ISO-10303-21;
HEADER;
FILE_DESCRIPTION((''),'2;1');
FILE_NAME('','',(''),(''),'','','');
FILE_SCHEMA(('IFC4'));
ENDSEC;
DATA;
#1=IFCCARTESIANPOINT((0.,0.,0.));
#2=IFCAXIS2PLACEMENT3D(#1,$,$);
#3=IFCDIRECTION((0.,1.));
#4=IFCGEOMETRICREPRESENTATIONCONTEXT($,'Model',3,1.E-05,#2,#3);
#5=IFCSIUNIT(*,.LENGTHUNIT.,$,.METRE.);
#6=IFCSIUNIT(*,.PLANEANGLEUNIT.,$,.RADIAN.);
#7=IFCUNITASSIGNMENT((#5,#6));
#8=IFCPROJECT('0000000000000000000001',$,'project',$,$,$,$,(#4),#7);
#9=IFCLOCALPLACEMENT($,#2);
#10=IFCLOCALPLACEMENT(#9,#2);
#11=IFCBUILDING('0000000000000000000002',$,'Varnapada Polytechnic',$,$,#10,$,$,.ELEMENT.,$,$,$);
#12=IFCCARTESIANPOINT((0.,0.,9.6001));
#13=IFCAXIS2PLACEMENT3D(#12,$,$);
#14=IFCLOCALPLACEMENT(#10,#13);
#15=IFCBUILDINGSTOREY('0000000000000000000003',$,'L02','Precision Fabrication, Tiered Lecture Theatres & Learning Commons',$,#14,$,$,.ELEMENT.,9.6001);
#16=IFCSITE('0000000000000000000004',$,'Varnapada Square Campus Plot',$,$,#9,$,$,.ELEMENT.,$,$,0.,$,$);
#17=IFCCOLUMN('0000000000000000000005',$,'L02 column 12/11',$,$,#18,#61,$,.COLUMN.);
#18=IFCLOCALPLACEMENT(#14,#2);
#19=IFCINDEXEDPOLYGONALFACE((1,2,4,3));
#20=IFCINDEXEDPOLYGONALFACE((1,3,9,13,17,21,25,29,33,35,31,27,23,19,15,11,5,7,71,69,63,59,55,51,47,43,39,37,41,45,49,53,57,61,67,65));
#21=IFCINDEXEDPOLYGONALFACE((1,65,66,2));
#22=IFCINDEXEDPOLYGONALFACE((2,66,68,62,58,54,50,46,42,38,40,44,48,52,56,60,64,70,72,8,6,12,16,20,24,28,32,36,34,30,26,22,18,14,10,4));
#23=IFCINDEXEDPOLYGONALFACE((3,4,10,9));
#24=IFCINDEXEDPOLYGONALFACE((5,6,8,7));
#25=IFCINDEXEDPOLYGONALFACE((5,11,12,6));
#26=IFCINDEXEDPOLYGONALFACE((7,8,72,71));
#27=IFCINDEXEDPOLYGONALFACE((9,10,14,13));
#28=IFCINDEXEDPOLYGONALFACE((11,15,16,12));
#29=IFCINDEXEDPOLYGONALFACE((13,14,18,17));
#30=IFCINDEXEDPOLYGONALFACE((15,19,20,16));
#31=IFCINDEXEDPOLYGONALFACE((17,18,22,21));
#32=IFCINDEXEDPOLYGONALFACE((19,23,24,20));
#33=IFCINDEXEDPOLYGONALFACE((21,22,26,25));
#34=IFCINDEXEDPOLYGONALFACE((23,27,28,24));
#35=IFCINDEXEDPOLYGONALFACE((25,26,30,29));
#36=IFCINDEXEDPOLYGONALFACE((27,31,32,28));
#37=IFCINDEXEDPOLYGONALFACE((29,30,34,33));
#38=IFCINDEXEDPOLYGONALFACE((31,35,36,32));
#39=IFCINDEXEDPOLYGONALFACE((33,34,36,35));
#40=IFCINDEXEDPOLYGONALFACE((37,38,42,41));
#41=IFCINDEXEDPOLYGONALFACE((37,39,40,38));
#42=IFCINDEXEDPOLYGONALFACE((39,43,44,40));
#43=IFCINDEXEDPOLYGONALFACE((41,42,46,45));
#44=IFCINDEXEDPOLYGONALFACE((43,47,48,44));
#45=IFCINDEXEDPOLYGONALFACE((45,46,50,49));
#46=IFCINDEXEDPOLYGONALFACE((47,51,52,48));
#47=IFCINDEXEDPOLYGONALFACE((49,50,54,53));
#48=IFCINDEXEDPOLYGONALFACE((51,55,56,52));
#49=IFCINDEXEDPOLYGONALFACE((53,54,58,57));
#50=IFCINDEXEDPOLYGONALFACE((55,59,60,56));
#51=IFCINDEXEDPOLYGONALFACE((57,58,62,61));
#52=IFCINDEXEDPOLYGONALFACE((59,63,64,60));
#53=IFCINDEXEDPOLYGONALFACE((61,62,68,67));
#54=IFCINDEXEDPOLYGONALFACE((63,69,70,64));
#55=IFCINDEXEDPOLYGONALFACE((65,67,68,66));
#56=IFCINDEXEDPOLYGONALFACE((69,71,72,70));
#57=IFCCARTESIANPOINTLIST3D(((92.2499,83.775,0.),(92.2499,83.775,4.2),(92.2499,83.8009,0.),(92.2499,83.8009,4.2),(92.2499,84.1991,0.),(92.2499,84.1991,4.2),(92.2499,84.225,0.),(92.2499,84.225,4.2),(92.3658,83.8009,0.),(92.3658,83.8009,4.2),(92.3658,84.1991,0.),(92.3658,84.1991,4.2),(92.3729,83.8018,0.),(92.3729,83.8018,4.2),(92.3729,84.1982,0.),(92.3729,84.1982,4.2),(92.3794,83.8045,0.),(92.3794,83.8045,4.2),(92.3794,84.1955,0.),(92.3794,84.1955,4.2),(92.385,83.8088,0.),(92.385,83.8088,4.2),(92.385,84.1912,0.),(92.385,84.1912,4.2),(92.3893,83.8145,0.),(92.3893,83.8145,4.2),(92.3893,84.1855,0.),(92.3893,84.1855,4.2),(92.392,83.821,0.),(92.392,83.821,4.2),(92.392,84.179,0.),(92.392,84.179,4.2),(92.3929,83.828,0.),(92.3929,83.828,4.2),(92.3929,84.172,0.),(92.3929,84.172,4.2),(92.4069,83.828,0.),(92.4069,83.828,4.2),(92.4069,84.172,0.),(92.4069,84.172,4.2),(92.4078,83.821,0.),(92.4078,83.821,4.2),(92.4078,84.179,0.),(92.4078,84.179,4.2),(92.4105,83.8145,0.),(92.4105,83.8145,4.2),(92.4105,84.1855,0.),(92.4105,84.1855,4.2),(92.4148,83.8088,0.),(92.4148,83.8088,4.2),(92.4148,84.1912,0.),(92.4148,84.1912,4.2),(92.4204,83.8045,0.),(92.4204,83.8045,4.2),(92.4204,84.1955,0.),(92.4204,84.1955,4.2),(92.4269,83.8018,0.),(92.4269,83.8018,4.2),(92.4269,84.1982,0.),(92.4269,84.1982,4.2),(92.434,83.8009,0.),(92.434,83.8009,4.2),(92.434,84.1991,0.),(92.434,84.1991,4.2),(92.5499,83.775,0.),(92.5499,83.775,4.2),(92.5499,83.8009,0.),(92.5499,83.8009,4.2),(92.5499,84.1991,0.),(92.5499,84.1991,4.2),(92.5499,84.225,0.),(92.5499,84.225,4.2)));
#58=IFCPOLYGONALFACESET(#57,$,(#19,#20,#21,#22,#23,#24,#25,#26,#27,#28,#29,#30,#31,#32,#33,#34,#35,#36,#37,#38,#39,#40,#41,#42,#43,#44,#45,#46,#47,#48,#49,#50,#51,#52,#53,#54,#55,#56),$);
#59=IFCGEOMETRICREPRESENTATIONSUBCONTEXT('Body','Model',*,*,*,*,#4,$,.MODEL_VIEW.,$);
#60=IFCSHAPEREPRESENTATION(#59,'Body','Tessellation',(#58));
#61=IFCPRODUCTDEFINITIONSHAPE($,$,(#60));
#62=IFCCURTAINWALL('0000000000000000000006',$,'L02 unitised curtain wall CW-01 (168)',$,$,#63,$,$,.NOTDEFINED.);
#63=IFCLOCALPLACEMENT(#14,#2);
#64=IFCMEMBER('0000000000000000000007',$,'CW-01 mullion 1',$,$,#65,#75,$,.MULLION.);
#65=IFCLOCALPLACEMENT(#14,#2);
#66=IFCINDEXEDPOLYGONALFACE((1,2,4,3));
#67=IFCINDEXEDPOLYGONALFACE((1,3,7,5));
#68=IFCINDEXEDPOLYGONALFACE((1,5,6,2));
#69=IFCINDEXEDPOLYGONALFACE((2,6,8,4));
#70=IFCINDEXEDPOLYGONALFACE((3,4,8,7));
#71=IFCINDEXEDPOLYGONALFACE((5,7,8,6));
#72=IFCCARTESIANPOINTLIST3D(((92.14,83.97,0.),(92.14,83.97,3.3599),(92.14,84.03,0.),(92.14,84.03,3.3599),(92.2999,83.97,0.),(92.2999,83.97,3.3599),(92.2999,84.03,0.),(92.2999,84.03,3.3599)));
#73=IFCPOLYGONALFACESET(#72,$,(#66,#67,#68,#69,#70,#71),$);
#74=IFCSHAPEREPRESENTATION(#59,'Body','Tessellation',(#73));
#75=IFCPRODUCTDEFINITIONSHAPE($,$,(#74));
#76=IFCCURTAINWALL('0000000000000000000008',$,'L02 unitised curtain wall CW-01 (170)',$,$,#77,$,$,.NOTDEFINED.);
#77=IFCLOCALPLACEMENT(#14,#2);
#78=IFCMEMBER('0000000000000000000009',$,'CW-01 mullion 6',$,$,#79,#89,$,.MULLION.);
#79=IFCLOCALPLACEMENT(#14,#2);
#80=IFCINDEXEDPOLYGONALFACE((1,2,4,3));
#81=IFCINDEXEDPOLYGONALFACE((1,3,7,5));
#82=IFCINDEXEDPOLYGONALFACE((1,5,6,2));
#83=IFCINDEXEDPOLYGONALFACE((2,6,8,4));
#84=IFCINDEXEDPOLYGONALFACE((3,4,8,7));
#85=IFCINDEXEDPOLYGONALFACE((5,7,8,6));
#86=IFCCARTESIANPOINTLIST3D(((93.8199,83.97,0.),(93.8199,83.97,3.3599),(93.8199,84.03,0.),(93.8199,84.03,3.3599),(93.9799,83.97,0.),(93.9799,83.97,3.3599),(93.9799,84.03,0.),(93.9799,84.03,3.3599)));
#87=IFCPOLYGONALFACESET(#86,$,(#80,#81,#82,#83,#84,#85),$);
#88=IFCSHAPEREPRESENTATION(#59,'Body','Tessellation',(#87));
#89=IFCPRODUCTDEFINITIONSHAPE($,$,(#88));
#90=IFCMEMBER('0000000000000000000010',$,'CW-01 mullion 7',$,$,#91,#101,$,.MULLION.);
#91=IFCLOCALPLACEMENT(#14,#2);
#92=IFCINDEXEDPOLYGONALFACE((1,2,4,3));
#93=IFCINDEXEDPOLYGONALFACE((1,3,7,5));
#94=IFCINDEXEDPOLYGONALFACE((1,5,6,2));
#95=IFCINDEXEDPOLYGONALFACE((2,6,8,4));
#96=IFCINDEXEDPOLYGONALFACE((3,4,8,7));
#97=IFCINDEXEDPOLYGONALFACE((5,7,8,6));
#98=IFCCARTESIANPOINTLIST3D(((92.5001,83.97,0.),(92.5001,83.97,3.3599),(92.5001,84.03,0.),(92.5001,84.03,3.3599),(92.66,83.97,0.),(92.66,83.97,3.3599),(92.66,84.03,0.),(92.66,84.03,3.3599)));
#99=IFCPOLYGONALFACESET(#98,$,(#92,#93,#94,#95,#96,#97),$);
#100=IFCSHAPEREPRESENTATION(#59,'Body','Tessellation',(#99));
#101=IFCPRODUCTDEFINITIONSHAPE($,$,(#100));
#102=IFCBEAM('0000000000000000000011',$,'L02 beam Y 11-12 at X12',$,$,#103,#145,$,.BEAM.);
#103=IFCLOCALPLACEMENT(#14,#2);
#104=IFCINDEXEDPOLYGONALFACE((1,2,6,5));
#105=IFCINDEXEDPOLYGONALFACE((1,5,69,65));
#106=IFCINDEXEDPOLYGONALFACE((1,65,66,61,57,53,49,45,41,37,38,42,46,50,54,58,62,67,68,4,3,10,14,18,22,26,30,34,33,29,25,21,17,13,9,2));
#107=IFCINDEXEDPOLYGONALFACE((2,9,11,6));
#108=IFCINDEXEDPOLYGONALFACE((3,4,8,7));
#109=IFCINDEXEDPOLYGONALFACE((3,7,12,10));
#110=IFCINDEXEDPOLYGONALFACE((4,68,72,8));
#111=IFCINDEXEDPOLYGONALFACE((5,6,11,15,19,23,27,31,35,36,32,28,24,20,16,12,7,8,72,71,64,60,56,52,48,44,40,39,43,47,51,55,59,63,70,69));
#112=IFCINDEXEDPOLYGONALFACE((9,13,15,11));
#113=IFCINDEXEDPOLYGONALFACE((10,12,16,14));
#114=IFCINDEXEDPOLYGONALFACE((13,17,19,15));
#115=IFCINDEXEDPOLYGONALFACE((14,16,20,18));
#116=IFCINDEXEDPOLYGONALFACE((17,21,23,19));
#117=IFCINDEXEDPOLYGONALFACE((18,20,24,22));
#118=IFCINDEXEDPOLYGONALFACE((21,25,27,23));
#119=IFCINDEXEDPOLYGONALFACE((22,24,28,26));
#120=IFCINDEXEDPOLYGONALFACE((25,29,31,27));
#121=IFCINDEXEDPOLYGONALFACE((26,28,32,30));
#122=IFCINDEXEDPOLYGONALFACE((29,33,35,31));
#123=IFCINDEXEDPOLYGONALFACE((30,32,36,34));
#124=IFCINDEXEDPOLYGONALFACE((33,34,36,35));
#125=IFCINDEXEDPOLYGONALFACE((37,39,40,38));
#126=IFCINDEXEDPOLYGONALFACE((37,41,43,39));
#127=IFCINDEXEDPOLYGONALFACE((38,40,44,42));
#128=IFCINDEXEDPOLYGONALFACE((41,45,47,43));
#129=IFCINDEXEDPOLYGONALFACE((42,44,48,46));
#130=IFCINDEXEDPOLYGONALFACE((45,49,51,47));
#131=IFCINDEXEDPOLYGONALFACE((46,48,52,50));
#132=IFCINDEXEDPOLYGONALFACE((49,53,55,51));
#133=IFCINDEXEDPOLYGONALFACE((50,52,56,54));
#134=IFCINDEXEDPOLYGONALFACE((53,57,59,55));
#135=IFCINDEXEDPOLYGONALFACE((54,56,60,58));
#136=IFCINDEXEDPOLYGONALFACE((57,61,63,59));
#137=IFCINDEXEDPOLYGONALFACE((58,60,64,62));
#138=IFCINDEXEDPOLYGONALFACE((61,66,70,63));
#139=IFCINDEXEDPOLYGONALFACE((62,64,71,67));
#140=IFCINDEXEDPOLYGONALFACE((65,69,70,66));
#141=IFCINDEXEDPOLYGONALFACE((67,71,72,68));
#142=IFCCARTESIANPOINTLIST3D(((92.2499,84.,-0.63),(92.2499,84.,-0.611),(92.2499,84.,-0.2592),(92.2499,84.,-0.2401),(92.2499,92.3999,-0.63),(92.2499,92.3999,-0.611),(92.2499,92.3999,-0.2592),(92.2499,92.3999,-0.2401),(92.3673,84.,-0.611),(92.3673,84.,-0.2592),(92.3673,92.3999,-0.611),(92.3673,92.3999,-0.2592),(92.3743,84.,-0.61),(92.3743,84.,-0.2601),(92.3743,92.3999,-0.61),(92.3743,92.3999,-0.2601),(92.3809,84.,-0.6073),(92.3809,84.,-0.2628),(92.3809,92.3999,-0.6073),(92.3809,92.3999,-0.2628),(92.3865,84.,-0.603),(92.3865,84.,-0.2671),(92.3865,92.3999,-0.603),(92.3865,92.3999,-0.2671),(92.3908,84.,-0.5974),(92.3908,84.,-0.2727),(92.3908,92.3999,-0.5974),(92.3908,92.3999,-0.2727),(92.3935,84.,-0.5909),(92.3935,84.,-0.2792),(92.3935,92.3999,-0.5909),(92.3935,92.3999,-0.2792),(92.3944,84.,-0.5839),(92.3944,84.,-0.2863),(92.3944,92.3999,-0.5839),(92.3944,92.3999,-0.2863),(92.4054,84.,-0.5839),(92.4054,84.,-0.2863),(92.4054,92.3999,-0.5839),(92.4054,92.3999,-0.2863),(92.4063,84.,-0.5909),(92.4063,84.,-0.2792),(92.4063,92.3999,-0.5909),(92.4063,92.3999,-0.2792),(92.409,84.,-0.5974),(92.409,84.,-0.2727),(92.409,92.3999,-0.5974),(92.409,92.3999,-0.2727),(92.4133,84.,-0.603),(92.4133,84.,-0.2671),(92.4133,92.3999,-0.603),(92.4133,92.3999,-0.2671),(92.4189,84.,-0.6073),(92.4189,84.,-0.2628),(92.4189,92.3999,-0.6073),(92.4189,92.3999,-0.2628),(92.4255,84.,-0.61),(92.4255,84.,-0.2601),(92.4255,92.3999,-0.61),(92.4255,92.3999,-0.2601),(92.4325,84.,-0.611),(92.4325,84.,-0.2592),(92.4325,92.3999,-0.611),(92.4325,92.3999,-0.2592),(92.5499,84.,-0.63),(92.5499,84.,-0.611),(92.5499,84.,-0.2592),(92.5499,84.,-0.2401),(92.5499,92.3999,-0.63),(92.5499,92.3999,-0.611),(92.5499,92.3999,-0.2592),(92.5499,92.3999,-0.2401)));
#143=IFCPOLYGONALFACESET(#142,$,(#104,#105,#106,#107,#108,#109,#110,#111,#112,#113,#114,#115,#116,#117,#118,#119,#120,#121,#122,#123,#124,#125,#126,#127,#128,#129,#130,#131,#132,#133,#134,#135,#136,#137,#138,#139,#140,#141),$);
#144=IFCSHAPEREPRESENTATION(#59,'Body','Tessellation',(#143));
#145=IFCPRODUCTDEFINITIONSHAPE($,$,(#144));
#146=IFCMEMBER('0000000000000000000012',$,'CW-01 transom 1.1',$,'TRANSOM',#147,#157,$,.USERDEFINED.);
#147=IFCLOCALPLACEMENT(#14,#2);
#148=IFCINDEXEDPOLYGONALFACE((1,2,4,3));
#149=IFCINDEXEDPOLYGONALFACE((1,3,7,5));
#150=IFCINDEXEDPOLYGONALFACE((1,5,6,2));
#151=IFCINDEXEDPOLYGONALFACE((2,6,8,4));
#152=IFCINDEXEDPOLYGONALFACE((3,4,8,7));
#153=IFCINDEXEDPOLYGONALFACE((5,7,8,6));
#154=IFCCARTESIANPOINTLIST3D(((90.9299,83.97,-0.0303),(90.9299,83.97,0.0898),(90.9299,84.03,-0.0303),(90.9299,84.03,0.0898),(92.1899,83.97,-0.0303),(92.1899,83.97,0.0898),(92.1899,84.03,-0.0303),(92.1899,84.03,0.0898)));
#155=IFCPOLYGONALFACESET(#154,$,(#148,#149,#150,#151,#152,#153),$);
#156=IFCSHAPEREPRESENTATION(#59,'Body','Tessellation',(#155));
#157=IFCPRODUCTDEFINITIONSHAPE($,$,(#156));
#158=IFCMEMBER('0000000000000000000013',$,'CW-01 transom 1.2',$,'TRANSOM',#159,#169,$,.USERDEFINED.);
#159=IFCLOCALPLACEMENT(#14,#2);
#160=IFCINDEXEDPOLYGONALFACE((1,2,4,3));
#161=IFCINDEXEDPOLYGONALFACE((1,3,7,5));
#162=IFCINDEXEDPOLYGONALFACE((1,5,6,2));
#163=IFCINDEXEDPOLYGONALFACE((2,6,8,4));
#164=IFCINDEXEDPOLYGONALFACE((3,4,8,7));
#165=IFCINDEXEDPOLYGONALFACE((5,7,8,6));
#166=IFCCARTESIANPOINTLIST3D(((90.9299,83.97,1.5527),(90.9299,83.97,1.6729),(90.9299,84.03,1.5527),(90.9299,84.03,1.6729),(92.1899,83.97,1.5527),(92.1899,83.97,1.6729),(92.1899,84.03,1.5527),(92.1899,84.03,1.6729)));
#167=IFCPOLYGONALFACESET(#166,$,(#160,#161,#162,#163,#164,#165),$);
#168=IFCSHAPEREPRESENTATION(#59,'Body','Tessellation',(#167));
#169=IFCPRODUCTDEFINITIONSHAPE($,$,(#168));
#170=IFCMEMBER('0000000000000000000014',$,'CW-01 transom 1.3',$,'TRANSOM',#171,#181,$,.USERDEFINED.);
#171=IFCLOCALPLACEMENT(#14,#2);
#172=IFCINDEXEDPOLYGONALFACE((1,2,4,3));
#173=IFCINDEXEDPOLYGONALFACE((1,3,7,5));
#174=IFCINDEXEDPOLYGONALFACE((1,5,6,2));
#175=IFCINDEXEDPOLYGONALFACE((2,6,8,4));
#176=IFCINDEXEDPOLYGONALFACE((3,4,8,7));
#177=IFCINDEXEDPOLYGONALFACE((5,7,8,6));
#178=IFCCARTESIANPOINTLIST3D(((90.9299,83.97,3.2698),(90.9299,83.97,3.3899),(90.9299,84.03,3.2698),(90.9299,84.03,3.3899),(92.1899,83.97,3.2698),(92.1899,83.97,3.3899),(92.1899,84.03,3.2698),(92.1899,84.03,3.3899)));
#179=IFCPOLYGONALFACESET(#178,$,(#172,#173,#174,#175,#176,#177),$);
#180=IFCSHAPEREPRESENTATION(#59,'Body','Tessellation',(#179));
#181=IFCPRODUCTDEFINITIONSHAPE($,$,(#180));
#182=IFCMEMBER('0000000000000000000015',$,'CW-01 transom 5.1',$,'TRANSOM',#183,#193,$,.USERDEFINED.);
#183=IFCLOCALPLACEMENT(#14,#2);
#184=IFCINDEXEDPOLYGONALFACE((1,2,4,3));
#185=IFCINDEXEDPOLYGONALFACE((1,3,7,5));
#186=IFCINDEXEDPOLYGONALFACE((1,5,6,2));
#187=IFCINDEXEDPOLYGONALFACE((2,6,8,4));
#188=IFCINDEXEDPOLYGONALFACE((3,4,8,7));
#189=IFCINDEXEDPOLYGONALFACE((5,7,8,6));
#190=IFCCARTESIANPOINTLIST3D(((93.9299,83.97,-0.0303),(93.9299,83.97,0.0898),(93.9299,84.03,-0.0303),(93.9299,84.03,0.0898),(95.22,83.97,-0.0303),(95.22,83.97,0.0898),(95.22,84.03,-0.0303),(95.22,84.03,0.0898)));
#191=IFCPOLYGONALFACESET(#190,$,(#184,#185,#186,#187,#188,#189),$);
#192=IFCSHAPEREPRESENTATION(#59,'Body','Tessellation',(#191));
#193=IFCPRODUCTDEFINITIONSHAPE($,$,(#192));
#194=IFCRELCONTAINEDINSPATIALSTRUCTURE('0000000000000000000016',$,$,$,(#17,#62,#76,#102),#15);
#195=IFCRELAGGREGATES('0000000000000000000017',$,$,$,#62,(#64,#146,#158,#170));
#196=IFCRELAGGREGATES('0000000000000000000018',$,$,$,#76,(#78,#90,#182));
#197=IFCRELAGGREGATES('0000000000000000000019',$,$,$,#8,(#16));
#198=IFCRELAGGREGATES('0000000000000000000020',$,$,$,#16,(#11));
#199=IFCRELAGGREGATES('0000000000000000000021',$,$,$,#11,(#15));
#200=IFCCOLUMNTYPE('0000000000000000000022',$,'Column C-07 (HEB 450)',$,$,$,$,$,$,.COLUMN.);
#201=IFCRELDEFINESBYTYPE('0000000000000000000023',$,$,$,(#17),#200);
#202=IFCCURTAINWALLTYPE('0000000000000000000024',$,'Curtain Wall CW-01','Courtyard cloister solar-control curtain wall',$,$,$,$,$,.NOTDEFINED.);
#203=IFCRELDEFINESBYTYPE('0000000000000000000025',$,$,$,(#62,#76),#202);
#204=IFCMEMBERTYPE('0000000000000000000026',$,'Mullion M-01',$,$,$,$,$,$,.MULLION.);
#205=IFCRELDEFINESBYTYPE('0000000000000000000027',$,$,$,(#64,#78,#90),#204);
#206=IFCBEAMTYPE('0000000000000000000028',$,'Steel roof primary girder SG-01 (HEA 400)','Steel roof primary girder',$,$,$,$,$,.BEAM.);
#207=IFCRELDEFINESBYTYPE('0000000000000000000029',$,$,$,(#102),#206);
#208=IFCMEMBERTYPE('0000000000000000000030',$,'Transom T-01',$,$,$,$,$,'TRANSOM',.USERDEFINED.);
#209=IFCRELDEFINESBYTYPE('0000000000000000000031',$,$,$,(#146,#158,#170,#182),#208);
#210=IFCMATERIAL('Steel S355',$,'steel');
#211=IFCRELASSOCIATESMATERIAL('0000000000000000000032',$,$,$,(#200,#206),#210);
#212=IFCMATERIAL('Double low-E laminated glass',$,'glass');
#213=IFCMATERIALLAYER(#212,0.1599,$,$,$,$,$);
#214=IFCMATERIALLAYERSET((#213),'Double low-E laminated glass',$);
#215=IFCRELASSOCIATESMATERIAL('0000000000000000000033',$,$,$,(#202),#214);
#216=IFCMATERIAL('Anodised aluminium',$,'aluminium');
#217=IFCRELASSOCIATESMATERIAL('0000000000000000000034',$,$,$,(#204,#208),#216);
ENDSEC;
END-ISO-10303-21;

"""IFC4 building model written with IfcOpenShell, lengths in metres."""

from ifc_helpers import new_model, si_unit, direction, frame, origin, origin_2d, place, context, subcontext, project, spatial, rectangle, i_section, extrude, material, layer, layer_set, material_profile, profile_set, type_object, element, aggregate, save


model = new_model("IFC4")

# Units and contexts
model_context = context("Model", 3, precision=1e-05, world=origin(), true_north=direction((0.0, 1.0)))
body_context = subcontext(model_context, "Body", "Model", "MODEL_VIEW")
ifc_project = project(units=[si_unit("LENGTHUNIT", "METRE"), si_unit("PLANEANGLEUNIT", "RADIAN")], contexts=[model_context])

# Site, building, storey
site_placement = place(None, origin())
site = spatial("IfcSite", under=ifc_project, at=site_placement, Name="Varnapada Square Campus Plot", CompositionType="ELEMENT", RefElevation=0.0)
building_placement = place(site_placement, origin())
building = spatial("IfcBuilding", under=site, at=building_placement, Name="Varnapada Polytechnic", CompositionType="ELEMENT")
storey_placement = place(building_placement, frame((0.0, 0.0, 9.6001)))
storey = spatial("IfcBuildingStorey", under=building, at=storey_placement, Name="L02", Description="Precision Fabrication, Tiered Lecture Theatres & Learning Commons", CompositionType="ELEMENT", Elevation=9.6001)

# Column
ifc_material_1 = material(Name="Steel S355", Category="steel")
ifc_material_profile_1 = material_profile(ifc_material_1, i_section(OverallWidth=0.3, OverallDepth=0.45, WebThickness=0.0139, FlangeThickness=0.0259, FilletRadius=0.0271, at=origin_2d()), Name="HEB 450")
ifc_profile_set_1 = profile_set([ifc_material_profile_1], Name="Steel S355")
column_type = type_object("IfcColumnType", Name="Column C-07 (HEB 450)", PredefinedType="COLUMN", material=ifc_profile_set_1)
column_placement = place(storey_placement, frame((92.3999, 84.0, 0.0), z_axis=(0.0, 0.0, 1.0), x_axis=(1.0, 0.0, 0.0)))
element("IfcColumn", 1, at=column_placement, inside=storey, type_object=column_type, Name="L02 column 12/11", PredefinedType="COLUMN", context=body_context, shape_type="SweptSolid", body=[
    extrude(i_section(OverallWidth=0.3, OverallDepth=0.45, WebThickness=0.0139, FlangeThickness=0.0259, FilletRadius=0.0271, at=origin_2d()), origin(), (0.0, 0.0, 1.0), 4.2),
])

# Curtain wall, member
ifc_material_2 = material(Name="Double low-E laminated glass", Category="glass")
ifc_layer_1 = layer(ifc_material_2, 0.1599)
ifc_layer_set_1 = layer_set([ifc_layer_1], Name="Double low-E laminated glass")
curtain_wall_type = type_object("IfcCurtainWallType", Name="Curtain Wall CW-01", Description="Courtyard cloister solar-control curtain wall", PredefinedType="NOTDEFINED", material=ifc_layer_set_1)
curtain_wall_1_placement = place(storey_placement, origin())
curtain_wall_1 = element("IfcCurtainWall", 2, at=curtain_wall_1_placement, inside=storey, type_object=curtain_wall_type, Name="L02 unitised curtain wall CW-01 (168)", PredefinedType="NOTDEFINED")
ifc_material_3 = material(Name="Anodised aluminium", Category="aluminium")
ifc_material_profile_2 = material_profile(ifc_material_3, rectangle(XDim=0.0601, YDim=0.1599, at=origin_2d()), Name="ALU M60x160")
ifc_profile_set_2 = profile_set([ifc_material_profile_2], Name="Anodised aluminium")
member_type_1 = type_object("IfcMemberType", Name="Mullion M-01", PredefinedType="MULLION", material=ifc_profile_set_2)
member_1_placement = place(storey_placement, frame((92.22, 84.0, 0.0), z_axis=(0.0, 0.0, 1.0), x_axis=(0.0, -1.0, 0.0)))
member_1 = element("IfcMember", 3, at=member_1_placement, type_object=member_type_1, Name="CW-01 mullion 1", PredefinedType="MULLION", context=body_context, shape_type="SweptSolid", body=[
    extrude(rectangle(XDim=0.0601, YDim=0.1599, at=origin_2d()), origin(), (0.0, 0.0, 1.0), 3.3599),
])

# Curtain wall, members
curtain_wall_2_placement = place(storey_placement, origin())
curtain_wall_2 = element("IfcCurtainWall", 4, at=curtain_wall_2_placement, inside=storey, type_object=curtain_wall_type, Name="L02 unitised curtain wall CW-01 (170)", PredefinedType="NOTDEFINED")
member_2_placement = place(storey_placement, frame((93.8999, 84.0, 0.0), z_axis=(0.0, 0.0, 1.0), x_axis=(0.0, -1.0, 0.0)))
member_2 = element("IfcMember", 5, at=member_2_placement, type_object=member_type_1, Name="CW-01 mullion 6", PredefinedType="MULLION", context=body_context, shape_type="SweptSolid", body=[
    extrude(rectangle(XDim=0.0601, YDim=0.1599, at=origin_2d()), origin(), (0.0, 0.0, 1.0), 3.3599),
])
member_3_placement = place(storey_placement, frame((92.5801, 84.0, 0.0), z_axis=(0.0, 0.0, 1.0), x_axis=(0.0, -1.0, 0.0)))
member_3 = element("IfcMember", 6, at=member_3_placement, type_object=member_type_1, Name="CW-01 mullion 7", PredefinedType="MULLION", context=body_context, shape_type="SweptSolid", body=[
    extrude(rectangle(XDim=0.0601, YDim=0.1599, at=origin_2d()), origin(), (0.0, 0.0, 1.0), 3.3599),
])

# Beam
ifc_material_profile_3 = material_profile(ifc_material_1, i_section(OverallWidth=0.3, OverallDepth=0.3899, WebThickness=0.011, FlangeThickness=0.019, FilletRadius=0.0271, at=origin_2d()), Name="HEA 400")
ifc_profile_set_3 = profile_set([ifc_material_profile_3], Name="Steel S355")
beam_type_1 = type_object("IfcBeamType", Name="Steel roof primary girder SG-01 (HEA 400)", Description="Steel roof primary girder", PredefinedType="BEAM", material=ifc_profile_set_3)
beam_1_placement = place(storey_placement, frame((92.3999, 84.0, -0.4351), z_axis=(0.0, 1.0, 0.0), x_axis=(-1.0, 0.0, 0.0)))
element("IfcBeam", 7, at=beam_1_placement, inside=storey, type_object=beam_type_1, Name="L02 beam Y 11-12 at X12", PredefinedType="BEAM", context=body_context, shape_type="SweptSolid", body=[
    extrude(i_section(OverallWidth=0.3, OverallDepth=0.3899, WebThickness=0.011, FlangeThickness=0.019, FilletRadius=0.0271, at=origin_2d()), origin(), (0.0, 0.0, 1.0), 8.3999),
])

# Members
ifc_material_profile_4 = material_profile(ifc_material_3, rectangle(XDim=0.0601, YDim=0.1201, at=origin_2d()), Name="ALU T60x120")
ifc_profile_set_4 = profile_set([ifc_material_profile_4], Name="Anodised aluminium")
member_type_2 = type_object("IfcMemberType", Name="Transom T-01", ElementType="TRANSOM", PredefinedType="USERDEFINED", material=ifc_profile_set_4)
member_4_placement = place(storey_placement, frame((92.1899, 84.0, 0.0298), z_axis=(-1.0, 0.0, 0.0), x_axis=(0.0, -1.0, 0.0)))
member_4 = element("IfcMember", 8, at=member_4_placement, type_object=member_type_2, Name="CW-01 transom 1.1", ObjectType="TRANSOM", PredefinedType="USERDEFINED", context=body_context, shape_type="SweptSolid", body=[
    extrude(rectangle(XDim=0.0601, YDim=0.1201, at=origin_2d()), origin(), (0.0, 0.0, 1.0), 1.26),
])
member_5_placement = place(storey_placement, frame((92.1899, 84.0, 1.6128), z_axis=(-1.0, 0.0, 0.0), x_axis=(0.0, -1.0, 0.0)))
member_5 = element("IfcMember", 9, at=member_5_placement, type_object=member_type_2, Name="CW-01 transom 1.2", ObjectType="TRANSOM", PredefinedType="USERDEFINED", context=body_context, shape_type="SweptSolid", body=[
    extrude(rectangle(XDim=0.0601, YDim=0.1201, at=origin_2d()), origin(), (0.0, 0.0, 1.0), 1.26),
])
member_6_placement = place(storey_placement, frame((92.1899, 84.0, 3.3298), z_axis=(-1.0, 0.0, 0.0), x_axis=(0.0, -1.0, 0.0)))
member_6 = element("IfcMember", 10, at=member_6_placement, type_object=member_type_2, Name="CW-01 transom 1.3", ObjectType="TRANSOM", PredefinedType="USERDEFINED", context=body_context, shape_type="SweptSolid", body=[
    extrude(rectangle(XDim=0.0601, YDim=0.1201, at=origin_2d()), origin(), (0.0, 0.0, 1.0), 1.26),
])
member_7_placement = place(storey_placement, frame((95.22, 84.0, 0.0298), z_axis=(-1.0, 0.0, 0.0), x_axis=(0.0, -1.0, 0.0)))
member_7 = element("IfcMember", 11, at=member_7_placement, type_object=member_type_2, Name="CW-01 transom 5.1", ObjectType="TRANSOM", PredefinedType="USERDEFINED", context=body_context, shape_type="SweptSolid", body=[
    extrude(rectangle(XDim=0.0601, YDim=0.1201, at=origin_2d()), origin(), (0.0, 0.0, 1.0), 1.29),
])

aggregate(curtain_wall_1, [member_1, member_4, member_5, member_6])
aggregate(curtain_wall_2, [member_2, member_3, member_7])

save(model, "model.ifc")
